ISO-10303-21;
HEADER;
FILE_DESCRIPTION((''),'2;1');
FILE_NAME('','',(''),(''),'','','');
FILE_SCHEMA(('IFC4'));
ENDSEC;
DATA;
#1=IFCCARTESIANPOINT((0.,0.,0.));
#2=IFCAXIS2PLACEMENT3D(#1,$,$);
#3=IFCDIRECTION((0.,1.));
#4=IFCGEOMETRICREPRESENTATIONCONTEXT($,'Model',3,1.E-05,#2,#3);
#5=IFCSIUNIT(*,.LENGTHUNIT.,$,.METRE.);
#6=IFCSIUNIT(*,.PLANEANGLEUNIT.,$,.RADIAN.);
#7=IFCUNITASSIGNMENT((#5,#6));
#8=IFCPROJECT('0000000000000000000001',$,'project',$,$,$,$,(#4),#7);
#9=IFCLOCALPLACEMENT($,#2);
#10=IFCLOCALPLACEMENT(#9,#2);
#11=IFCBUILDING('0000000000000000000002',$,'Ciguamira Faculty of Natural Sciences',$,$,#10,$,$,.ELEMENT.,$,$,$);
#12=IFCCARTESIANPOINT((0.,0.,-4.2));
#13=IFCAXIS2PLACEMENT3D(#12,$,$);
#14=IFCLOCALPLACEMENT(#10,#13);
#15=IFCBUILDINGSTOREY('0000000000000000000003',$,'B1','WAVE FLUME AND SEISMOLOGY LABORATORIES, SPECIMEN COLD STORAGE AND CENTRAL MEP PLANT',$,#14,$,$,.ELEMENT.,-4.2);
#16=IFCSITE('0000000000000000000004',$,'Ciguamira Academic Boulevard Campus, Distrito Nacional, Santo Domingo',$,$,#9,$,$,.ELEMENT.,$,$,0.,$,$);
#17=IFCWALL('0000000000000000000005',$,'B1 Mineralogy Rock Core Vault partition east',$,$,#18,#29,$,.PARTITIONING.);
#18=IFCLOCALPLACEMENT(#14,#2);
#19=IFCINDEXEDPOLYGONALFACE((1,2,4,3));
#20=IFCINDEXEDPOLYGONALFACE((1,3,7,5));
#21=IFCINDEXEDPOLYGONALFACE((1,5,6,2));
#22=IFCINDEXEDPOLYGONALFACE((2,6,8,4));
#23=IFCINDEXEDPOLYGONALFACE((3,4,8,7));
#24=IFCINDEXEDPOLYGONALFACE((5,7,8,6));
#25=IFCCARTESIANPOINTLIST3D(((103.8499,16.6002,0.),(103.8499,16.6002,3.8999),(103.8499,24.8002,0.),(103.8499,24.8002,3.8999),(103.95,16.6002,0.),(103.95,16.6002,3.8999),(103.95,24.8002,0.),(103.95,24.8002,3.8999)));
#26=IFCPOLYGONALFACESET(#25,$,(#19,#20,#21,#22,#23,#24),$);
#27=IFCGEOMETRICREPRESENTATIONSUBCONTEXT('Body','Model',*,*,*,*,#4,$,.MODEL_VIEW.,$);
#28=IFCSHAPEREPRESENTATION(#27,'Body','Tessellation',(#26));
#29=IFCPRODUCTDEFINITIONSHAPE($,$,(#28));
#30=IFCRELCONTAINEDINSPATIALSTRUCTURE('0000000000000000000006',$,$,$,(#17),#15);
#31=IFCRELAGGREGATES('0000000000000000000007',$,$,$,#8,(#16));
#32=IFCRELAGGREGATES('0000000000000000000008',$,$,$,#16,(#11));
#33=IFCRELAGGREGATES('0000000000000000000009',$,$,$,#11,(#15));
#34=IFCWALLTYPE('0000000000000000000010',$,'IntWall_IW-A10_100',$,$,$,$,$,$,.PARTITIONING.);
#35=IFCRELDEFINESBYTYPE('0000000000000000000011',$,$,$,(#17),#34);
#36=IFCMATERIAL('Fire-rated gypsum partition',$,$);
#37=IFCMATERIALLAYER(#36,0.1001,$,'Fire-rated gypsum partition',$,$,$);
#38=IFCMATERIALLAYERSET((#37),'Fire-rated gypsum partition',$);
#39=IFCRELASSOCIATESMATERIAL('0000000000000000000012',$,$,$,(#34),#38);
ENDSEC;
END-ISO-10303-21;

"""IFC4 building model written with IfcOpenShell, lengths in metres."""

from ifc_helpers import new_model, si_unit, direction, frame, frame_2d, origin, place, context, subcontext, project, spatial, rectangle, extrude, material, layer, layer_set, type_object, element, save


model = new_model("IFC4")

# Units and contexts
model_context = context("Model", 3, precision=1e-05, world=origin(), true_north=direction((0.0, 1.0)))
body_context = subcontext(model_context, "Body", "Model", "MODEL_VIEW")
ifc_project = project(units=[si_unit("LENGTHUNIT", "METRE"), si_unit("PLANEANGLEUNIT", "RADIAN")], contexts=[model_context])

# Site, building, storey
site_placement = place(None, origin())
site = spatial("IfcSite", under=ifc_project, at=site_placement, Name="Ciguamira Academic Boulevard Campus, Distrito Nacional, Santo Domingo", CompositionType="ELEMENT", RefElevation=0.0)
building_placement = place(site_placement, origin())
building = spatial("IfcBuilding", under=site, at=building_placement, Name="Ciguamira Faculty of Natural Sciences", CompositionType="ELEMENT")
storey_placement = place(building_placement, frame((0.0, 0.0, -4.2)))
storey = spatial("IfcBuildingStorey", under=building, at=storey_placement, Name="B1", Description="WAVE FLUME AND SEISMOLOGY LABORATORIES, SPECIMEN COLD STORAGE AND CENTRAL MEP PLANT", CompositionType="ELEMENT", Elevation=-4.2)

# Wall
ifc_material_1 = material(Name="Fire-rated gypsum partition")
ifc_layer = layer(ifc_material_1, 0.1001, Name="Fire-rated gypsum partition")
ifc_layer_set = layer_set([ifc_layer], Name="Fire-rated gypsum partition")
wall_type = type_object("IfcWallType", Name="IntWall_IW-A10_100", PredefinedType="PARTITIONING", material=ifc_layer_set)
wall_placement = place(storey_placement, frame((103.8999, 16.6001, 0.0), z_axis=(0.0, 0.0, 1.0), x_axis=(0.0, 1.0, 0.0)))
element("IfcWall", 1, at=wall_placement, inside=storey, type_object=wall_type, Name="B1 Mineralogy Rock Core Vault partition east", PredefinedType="PARTITIONING", context=body_context, shape_type="SweptSolid", body=[
    extrude(rectangle(XDim=8.2, YDim=0.1001, at=frame_2d((4.1001, 0.0))), origin(), (0.0, 0.0, 1.0), 3.8999),
])

save(model, "model.ifc")
